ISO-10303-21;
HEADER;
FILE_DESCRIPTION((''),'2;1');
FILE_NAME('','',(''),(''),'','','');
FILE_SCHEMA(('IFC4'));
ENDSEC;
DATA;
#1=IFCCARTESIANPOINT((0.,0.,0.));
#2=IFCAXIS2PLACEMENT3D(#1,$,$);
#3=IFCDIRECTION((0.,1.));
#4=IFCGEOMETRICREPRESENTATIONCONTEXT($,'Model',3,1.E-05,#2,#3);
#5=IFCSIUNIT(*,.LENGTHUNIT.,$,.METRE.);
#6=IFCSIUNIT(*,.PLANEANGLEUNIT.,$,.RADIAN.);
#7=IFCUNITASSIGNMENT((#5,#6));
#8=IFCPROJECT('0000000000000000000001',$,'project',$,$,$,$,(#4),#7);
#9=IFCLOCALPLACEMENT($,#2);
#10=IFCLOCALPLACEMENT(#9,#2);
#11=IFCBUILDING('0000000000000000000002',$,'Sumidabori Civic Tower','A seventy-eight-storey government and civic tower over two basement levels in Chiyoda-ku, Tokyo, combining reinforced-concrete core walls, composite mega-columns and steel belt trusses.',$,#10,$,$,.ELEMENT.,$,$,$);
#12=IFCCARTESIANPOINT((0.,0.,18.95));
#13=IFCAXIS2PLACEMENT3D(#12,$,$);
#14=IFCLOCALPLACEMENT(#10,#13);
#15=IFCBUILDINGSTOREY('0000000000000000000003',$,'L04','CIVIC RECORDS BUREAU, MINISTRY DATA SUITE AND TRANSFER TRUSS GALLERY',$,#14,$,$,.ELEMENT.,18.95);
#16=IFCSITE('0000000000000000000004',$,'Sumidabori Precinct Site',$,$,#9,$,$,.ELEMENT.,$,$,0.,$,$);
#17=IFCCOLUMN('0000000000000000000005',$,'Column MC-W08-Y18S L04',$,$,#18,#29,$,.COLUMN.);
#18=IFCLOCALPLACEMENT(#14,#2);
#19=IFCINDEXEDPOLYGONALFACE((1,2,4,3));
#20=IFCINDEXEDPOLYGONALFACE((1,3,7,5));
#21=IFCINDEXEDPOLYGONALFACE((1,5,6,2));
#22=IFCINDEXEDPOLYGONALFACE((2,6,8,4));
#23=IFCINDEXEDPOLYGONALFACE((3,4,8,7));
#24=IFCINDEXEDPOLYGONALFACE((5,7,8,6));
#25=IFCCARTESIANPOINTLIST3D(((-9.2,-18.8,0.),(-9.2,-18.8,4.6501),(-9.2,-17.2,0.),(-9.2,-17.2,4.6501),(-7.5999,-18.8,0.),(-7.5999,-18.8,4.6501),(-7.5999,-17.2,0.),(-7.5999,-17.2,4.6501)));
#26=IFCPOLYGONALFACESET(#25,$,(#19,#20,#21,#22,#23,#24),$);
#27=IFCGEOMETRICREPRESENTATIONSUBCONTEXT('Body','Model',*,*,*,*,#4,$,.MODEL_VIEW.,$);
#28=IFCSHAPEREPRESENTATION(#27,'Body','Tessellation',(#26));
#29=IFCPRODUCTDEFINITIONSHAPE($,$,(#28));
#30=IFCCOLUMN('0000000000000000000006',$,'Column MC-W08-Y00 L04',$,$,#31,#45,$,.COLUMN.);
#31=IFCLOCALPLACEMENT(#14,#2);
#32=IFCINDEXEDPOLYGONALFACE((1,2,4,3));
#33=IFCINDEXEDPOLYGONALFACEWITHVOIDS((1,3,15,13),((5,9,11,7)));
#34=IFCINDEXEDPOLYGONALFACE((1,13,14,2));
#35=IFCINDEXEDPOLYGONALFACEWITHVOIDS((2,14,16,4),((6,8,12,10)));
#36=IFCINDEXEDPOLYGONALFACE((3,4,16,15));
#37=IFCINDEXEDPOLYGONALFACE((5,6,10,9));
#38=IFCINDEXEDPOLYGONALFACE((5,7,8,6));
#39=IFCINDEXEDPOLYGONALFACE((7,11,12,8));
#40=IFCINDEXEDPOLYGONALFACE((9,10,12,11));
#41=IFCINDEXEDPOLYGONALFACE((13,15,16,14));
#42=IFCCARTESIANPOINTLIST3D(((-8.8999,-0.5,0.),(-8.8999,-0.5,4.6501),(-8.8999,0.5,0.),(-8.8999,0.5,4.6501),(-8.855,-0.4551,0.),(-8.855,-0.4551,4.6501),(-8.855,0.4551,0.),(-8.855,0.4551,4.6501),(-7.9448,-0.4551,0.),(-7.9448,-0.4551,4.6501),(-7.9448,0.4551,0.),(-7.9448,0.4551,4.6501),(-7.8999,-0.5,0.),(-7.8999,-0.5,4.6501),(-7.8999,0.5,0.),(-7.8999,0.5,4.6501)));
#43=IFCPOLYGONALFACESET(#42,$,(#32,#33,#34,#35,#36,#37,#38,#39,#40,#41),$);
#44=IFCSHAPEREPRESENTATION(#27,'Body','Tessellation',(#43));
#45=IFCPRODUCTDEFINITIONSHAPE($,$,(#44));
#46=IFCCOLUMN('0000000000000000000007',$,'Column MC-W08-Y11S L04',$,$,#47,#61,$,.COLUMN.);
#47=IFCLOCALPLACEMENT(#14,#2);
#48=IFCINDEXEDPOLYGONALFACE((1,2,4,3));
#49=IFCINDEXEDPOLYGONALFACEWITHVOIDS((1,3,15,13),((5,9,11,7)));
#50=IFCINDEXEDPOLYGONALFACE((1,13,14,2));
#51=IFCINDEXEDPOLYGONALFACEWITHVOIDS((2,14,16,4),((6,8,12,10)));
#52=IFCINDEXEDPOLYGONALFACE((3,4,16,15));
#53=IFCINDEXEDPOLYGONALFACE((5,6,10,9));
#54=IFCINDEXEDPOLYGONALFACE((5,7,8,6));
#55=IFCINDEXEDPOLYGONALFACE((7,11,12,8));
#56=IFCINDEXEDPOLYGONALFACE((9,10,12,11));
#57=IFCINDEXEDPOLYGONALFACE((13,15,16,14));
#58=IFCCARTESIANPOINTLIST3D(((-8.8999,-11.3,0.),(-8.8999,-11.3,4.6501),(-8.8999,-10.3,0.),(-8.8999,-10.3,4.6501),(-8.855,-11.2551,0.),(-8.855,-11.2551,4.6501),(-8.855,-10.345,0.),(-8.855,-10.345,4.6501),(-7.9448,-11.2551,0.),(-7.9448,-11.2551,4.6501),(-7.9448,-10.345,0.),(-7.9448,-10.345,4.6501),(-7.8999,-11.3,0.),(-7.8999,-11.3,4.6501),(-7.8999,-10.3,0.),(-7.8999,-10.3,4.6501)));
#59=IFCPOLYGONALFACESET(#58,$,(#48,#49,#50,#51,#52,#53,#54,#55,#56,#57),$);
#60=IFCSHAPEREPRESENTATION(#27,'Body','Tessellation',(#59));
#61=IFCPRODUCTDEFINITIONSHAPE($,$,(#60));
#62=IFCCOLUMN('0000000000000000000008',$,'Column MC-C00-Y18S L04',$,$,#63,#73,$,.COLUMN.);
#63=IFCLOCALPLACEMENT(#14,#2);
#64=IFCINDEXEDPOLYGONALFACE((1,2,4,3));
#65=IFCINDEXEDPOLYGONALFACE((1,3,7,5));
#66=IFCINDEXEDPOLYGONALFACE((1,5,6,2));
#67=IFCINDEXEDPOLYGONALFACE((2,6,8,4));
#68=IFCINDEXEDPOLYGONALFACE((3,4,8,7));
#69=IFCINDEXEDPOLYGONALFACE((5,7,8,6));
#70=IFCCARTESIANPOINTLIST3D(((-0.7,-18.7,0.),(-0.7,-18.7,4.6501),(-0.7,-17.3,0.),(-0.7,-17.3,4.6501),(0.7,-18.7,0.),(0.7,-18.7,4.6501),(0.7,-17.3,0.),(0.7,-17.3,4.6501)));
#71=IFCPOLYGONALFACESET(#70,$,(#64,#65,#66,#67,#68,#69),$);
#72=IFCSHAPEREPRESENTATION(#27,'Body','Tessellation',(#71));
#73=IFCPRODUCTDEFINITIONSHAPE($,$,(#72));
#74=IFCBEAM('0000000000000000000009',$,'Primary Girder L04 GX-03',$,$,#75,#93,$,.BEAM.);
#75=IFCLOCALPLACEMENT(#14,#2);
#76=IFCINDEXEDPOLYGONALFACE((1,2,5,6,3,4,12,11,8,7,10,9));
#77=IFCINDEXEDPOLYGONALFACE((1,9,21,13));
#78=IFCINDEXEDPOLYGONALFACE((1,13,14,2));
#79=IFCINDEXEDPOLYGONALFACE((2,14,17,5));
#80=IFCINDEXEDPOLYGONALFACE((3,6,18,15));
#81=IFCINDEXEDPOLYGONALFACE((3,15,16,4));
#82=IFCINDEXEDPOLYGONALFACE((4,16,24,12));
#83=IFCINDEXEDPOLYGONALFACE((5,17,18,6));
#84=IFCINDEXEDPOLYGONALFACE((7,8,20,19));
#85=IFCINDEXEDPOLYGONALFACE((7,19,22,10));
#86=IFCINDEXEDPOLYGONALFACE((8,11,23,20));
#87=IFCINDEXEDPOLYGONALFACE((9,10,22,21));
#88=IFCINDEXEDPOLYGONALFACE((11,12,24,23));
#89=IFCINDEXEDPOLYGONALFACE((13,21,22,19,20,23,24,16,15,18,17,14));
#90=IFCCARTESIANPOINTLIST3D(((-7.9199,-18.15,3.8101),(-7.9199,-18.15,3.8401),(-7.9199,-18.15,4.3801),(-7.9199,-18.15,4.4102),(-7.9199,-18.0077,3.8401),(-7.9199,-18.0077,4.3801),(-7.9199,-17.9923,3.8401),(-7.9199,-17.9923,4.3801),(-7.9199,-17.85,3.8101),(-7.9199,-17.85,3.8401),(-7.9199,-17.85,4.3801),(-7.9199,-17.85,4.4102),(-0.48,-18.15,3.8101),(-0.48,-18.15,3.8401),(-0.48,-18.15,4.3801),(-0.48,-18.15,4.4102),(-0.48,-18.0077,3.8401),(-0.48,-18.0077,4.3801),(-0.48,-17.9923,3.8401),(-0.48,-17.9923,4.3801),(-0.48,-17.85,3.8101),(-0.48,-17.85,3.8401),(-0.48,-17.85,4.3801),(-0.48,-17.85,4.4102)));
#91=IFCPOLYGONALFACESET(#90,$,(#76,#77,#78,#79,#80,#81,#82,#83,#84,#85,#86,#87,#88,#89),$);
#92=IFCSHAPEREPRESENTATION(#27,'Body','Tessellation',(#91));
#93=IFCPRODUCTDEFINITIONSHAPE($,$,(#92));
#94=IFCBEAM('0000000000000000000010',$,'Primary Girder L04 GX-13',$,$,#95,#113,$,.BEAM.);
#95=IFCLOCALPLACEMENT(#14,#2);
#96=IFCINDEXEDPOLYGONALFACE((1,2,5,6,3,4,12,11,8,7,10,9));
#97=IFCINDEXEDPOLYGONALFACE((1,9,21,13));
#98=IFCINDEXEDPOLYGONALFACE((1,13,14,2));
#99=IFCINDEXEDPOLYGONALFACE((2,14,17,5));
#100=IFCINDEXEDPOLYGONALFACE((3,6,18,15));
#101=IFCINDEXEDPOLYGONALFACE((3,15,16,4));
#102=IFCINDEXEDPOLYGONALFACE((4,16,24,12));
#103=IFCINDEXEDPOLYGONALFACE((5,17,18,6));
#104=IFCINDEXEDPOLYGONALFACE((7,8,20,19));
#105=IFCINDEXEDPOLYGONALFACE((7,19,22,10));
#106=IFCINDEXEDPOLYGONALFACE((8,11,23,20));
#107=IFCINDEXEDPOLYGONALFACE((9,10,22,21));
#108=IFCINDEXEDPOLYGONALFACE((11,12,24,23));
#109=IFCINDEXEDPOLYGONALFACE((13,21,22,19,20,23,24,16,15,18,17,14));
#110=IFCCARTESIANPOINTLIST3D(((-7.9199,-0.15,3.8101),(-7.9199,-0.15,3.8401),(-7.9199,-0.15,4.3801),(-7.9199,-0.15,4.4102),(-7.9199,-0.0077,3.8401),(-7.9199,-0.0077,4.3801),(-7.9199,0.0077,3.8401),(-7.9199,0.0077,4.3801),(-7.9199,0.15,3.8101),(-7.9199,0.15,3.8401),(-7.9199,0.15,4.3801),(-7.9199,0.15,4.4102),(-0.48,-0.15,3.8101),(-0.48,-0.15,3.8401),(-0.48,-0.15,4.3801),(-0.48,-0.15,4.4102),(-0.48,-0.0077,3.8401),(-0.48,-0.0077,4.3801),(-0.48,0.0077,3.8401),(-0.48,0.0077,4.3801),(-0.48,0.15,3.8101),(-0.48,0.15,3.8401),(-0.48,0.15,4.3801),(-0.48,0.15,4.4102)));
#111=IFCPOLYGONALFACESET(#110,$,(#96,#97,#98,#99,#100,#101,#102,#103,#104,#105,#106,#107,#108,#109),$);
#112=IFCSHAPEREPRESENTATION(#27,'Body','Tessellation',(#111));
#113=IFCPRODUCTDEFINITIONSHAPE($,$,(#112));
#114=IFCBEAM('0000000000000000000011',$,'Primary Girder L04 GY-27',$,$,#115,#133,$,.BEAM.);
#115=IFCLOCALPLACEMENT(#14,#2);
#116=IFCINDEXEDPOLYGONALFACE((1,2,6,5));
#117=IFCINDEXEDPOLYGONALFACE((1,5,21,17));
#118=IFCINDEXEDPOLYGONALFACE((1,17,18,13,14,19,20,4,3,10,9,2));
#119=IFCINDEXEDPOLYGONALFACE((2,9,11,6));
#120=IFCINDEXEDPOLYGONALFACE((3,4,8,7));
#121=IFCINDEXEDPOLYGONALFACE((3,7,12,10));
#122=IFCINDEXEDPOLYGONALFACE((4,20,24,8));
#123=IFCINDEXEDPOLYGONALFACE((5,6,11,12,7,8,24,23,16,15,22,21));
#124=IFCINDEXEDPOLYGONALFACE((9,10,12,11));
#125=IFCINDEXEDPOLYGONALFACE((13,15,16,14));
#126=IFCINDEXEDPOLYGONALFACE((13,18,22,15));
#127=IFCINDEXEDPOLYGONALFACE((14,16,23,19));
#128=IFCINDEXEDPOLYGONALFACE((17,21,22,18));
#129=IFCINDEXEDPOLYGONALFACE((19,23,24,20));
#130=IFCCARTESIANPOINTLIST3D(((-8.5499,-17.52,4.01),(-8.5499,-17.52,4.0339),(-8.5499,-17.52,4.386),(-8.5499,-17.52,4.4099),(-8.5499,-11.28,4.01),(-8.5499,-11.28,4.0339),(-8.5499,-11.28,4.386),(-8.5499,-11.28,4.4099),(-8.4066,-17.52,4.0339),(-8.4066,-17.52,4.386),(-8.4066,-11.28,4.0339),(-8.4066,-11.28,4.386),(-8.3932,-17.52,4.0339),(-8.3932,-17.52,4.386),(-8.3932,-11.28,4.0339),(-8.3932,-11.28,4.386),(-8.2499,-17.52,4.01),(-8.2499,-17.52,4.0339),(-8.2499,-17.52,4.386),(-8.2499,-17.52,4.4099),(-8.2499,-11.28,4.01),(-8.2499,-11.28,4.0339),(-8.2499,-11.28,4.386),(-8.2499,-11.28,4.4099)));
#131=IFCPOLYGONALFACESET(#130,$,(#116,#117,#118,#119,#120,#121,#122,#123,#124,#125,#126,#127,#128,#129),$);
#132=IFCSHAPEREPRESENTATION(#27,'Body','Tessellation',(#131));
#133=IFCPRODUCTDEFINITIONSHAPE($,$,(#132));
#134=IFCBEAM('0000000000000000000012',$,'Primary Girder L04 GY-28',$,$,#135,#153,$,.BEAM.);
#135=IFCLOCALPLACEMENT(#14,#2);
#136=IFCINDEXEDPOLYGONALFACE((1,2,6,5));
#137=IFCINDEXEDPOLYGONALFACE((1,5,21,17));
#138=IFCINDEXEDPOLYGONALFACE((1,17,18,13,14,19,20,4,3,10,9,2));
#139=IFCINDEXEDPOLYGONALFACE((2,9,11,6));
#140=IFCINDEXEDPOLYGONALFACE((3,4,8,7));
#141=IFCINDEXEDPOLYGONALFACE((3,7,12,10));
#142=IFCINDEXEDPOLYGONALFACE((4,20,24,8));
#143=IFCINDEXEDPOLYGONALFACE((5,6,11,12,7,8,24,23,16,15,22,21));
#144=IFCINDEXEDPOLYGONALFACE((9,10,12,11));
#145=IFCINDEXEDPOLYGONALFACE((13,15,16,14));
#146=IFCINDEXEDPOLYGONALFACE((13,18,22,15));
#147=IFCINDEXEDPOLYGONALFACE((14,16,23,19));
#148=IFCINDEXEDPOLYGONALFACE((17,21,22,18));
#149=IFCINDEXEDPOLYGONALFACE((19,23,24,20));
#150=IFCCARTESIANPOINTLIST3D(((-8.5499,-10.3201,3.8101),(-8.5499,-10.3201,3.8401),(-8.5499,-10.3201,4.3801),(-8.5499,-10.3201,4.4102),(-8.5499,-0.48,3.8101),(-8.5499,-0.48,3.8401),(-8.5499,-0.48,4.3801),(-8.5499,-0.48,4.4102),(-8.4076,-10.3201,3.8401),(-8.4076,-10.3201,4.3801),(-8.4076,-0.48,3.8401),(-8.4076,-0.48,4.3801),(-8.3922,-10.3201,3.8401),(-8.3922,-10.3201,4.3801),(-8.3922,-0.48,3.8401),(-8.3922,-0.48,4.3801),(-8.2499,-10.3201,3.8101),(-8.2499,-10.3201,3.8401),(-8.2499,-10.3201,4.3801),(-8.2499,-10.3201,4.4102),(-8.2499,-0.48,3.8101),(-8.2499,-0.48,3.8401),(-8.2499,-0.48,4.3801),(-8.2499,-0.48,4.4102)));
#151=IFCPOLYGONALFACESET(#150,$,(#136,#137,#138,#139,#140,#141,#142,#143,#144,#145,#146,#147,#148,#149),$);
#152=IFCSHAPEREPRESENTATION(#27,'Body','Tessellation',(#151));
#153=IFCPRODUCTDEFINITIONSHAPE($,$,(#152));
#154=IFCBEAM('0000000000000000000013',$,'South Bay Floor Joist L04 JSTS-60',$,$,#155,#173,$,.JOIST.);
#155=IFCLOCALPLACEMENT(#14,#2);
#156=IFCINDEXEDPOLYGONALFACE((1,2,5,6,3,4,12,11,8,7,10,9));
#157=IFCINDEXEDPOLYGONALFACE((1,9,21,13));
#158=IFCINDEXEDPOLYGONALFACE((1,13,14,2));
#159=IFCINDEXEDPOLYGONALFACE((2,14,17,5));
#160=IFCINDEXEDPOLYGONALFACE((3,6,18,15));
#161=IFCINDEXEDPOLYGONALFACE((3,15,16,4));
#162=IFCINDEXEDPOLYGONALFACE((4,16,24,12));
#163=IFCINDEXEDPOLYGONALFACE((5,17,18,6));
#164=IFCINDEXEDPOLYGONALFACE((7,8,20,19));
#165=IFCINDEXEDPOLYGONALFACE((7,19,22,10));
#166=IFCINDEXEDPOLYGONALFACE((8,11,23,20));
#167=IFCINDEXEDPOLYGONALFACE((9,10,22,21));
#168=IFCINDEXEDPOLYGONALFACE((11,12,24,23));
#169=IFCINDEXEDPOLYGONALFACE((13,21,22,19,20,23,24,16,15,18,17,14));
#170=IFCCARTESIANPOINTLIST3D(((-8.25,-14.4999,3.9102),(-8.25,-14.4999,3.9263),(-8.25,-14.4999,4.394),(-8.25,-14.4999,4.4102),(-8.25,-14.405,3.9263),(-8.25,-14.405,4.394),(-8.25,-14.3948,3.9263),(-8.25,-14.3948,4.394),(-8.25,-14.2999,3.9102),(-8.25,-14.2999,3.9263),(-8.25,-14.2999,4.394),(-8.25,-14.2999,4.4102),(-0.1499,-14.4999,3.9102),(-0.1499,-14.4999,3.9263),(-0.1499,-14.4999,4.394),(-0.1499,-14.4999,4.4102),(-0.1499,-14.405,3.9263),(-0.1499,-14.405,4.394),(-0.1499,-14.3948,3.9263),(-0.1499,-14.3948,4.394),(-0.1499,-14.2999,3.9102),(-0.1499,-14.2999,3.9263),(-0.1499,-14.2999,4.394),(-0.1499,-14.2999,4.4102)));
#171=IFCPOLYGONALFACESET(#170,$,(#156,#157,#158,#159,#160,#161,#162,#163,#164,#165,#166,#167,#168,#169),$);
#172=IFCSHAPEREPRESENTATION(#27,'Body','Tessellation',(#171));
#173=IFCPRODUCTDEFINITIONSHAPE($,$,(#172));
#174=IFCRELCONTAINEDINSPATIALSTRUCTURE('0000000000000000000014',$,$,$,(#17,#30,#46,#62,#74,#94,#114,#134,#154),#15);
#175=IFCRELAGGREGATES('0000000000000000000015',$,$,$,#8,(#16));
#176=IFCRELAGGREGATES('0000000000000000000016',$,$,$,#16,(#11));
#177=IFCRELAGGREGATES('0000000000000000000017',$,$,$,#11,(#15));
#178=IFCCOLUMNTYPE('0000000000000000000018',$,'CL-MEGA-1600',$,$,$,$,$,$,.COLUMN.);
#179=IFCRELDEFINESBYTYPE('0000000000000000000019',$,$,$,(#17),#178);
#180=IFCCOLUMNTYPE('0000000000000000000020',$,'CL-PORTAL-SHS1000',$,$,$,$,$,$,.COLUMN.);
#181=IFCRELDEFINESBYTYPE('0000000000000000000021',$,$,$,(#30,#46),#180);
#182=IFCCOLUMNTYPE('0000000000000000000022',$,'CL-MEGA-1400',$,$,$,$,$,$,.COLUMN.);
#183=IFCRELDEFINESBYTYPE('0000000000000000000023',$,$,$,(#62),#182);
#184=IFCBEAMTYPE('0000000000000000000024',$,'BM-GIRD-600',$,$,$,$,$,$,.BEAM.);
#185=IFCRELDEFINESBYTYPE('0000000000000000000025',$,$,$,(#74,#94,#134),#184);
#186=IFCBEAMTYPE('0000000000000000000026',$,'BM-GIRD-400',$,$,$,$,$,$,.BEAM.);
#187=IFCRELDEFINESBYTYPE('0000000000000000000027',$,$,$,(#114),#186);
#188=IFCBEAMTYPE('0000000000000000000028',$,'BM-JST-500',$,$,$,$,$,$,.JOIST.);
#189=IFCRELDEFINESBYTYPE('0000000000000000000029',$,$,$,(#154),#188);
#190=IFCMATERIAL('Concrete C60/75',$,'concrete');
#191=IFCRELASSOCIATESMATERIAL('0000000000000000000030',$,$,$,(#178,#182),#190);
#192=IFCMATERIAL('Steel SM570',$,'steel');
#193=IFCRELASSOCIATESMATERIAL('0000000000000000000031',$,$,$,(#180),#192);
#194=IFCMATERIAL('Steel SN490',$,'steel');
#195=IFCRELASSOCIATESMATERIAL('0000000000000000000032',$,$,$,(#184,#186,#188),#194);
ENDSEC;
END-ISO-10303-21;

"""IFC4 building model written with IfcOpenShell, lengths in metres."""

from ifc_helpers import new_model, si_unit, direction, frame, origin, origin_2d, place, context, subcontext, project, spatial, rectangle, hollow_rectangle, i_section, extrude, source, transform, mapped, material, material_profile, profile_set, type_object, element, save


model = new_model("IFC4")

# Units and contexts
model_context = context("Model", 3, precision=1e-05, world=origin(), true_north=direction((0.0, 1.0)))
body_context = subcontext(model_context, "Body", "Model", "MODEL_VIEW")
ifc_project = project(units=[si_unit("LENGTHUNIT", "METRE"), si_unit("PLANEANGLEUNIT", "RADIAN")], contexts=[model_context])

# Site, building, storey
site_placement = place(None, origin())
site = spatial("IfcSite", under=ifc_project, at=site_placement, Name="Sumidabori Precinct Site", CompositionType="ELEMENT", RefElevation=0.0)
building_placement = place(site_placement, origin())
building = spatial("IfcBuilding", under=site, at=building_placement, Name="Sumidabori Civic Tower", Description="A seventy-eight-storey government and civic tower over two basement levels in Chiyoda-ku, Tokyo, combining reinforced-concrete core walls, composite mega-columns and steel belt trusses.", CompositionType="ELEMENT")
storey_placement = place(building_placement, frame((0.0, 0.0, 18.95)))
storey = spatial("IfcBuildingStorey", under=building, at=storey_placement, Name="L04", Description="CIVIC RECORDS BUREAU, MINISTRY DATA SUITE AND TRANSFER TRUSS GALLERY", CompositionType="ELEMENT", Elevation=18.95)

# Columns
ifc_material_1 = material(Name="Concrete C60/75", Category="concrete")
ifc_material_profile_1 = material_profile(ifc_material_1, rectangle(XDim=1.6001, YDim=1.6001, at=origin_2d()), Name="RC 1600x1600")
ifc_profile_set_1 = profile_set([ifc_material_profile_1], Name="Concrete C60/75")
column_type_1 = type_object("IfcColumnType", Name="CL-MEGA-1600", PredefinedType="COLUMN", material=ifc_profile_set_1)
shared_shape_1 = source(origin(), body_context, "Body", "SweptSolid", [
    extrude(rectangle(XDim=1.6001, YDim=1.6001, at=origin_2d()), origin(), (0.0, 0.0, 1.0), 4.6501),
])
column_1_placement = place(storey_placement, frame((-8.3999, -18.0, 0.0), z_axis=(0.0, 0.0, 1.0), x_axis=(1.0, 0.0, 0.0)))
element("IfcColumn", 1, at=column_1_placement, inside=storey, type_object=column_type_1, Name="Column MC-W08-Y18S L04", PredefinedType="COLUMN", context=body_context, shape_type="MappedRepresentation", body=[
    mapped(shared_shape_1, transform((0.0, 0.0, 0.0), x_axis=(1.0, 0.0, 0.0), y_axis=(0.0, 1.0, 0.0), z_axis=(0.0, 0.0, 1.0), scale=1.0)),
])
ifc_material_2 = material(Name="Steel SM570", Category="steel")
ifc_material_profile_2 = material_profile(ifc_material_2, hollow_rectangle(XDim=1.0, YDim=1.0, WallThickness=0.0449, at=origin_2d()), Name="SHS 1000x1000x45")
ifc_profile_set_2 = profile_set([ifc_material_profile_2], Name="Steel SM570")
column_type_2 = type_object("IfcColumnType", Name="CL-PORTAL-SHS1000", PredefinedType="COLUMN", material=ifc_profile_set_2)
shared_shape_2 = source(origin(), body_context, "Body", "SweptSolid", [
    extrude(hollow_rectangle(XDim=1.0, YDim=1.0, WallThickness=0.0449, at=origin_2d()), origin(), (0.0, 0.0, 1.0), 4.6501),
])
for number, where, z_axis, x_axis, name in (
    (2, (-8.3999, 0.0, 0.0), (0.0, 0.0, 1.0), (1.0, 0.0, 0.0), "Column MC-W08-Y00 L04"),
    (3, (-8.3999, -10.8, 0.0), (0.0, 0.0, 1.0), (1.0, 0.0, 0.0), "Column MC-W08-Y11S L04"),
):
    element("IfcColumn", number, at=place(storey_placement, frame(where, z_axis=z_axis, x_axis=x_axis)), inside=storey, type_object=column_type_2, Name=name, PredefinedType="COLUMN", context=body_context, shape_type="MappedRepresentation", body=[
        mapped(shared_shape_2, transform((0.0, 0.0, 0.0), x_axis=(1.0, 0.0, 0.0), y_axis=(0.0, 1.0, 0.0), z_axis=(0.0, 0.0, 1.0), scale=1.0)),
    ])
ifc_material_profile_3 = material_profile(ifc_material_1, rectangle(XDim=1.3999, YDim=1.3999, at=origin_2d()), Name="RC 1400x1400")
ifc_profile_set_3 = profile_set([ifc_material_profile_3], Name="Concrete C60/75")
column_type_3 = type_object("IfcColumnType", Name="CL-MEGA-1400", PredefinedType="COLUMN", material=ifc_profile_set_3)
shared_shape_3 = source(origin(), body_context, "Body", "SweptSolid", [
    extrude(rectangle(XDim=1.3999, YDim=1.3999, at=origin_2d()), origin(), (0.0, 0.0, 1.0), 4.6501),
])
column_2_placement = place(storey_placement, frame((0.0, -18.0, 0.0), z_axis=(0.0, 0.0, 1.0), x_axis=(1.0, 0.0, 0.0)))
element("IfcColumn", 4, at=column_2_placement, inside=storey, type_object=column_type_3, Name="Column MC-C00-Y18S L04", PredefinedType="COLUMN", context=body_context, shape_type="MappedRepresentation", body=[
    mapped(shared_shape_3, transform((0.0, 0.0, 0.0), x_axis=(1.0, 0.0, 0.0), y_axis=(0.0, 1.0, 0.0), z_axis=(0.0, 0.0, 1.0), scale=1.0)),
])

# Beams
ifc_material_3 = material(Name="Steel SN490", Category="steel")
ifc_material_profile_4 = material_profile(ifc_material_3, i_section(OverallWidth=0.3, OverallDepth=0.6001, WebThickness=0.0154, FlangeThickness=0.03, at=origin_2d()), Name="HE 600 B")
ifc_profile_set_4 = profile_set([ifc_material_profile_4], Name="Steel SN490")
beam_type_1 = type_object("IfcBeamType", Name="BM-GIRD-600", PredefinedType="BEAM", material=ifc_profile_set_4)
shared_shape_4 = source(origin(), body_context, "Body", "SweptSolid", [
    extrude(i_section(OverallWidth=0.3, OverallDepth=0.6001, WebThickness=0.0154, FlangeThickness=0.03, at=origin_2d()), origin(), (0.0, 0.0, 1.0), 7.4399),
])
for number, where, z_axis, x_axis, name in (
    (5, (-7.9199, -18.0, 4.1101), (1.0, 0.0, 0.0), (0.0, 1.0, 0.0), "Primary Girder L04 GX-03"),
    (6, (-7.9199, 0.0, 4.1101), (1.0, 0.0, 0.0), (0.0, 1.0, 0.0), "Primary Girder L04 GX-13"),
):
    element("IfcBeam", number, at=place(storey_placement, frame(where, z_axis=z_axis, x_axis=x_axis)), inside=storey, type_object=beam_type_1, Name=name, PredefinedType="BEAM", context=body_context, shape_type="MappedRepresentation", body=[
        mapped(shared_shape_4, transform((0.0, 0.0, 0.0), x_axis=(1.0, 0.0, 0.0), y_axis=(0.0, 1.0, 0.0), z_axis=(0.0, 0.0, 1.0), scale=1.0)),
    ])
ifc_material_profile_5 = material_profile(ifc_material_3, i_section(OverallWidth=0.3, OverallDepth=0.3999, WebThickness=0.0134, FlangeThickness=0.0239, at=origin_2d()), Name="HE 400 B")
ifc_profile_set_5 = profile_set([ifc_material_profile_5], Name="Steel SN490")
beam_type_2 = type_object("IfcBeamType", Name="BM-GIRD-400", PredefinedType="BEAM", material=ifc_profile_set_5)
shared_shape_5 = source(origin(), body_context, "Body", "SweptSolid", [
    extrude(i_section(OverallWidth=0.3, OverallDepth=0.3999, WebThickness=0.0134, FlangeThickness=0.0239, at=origin_2d()), origin(), (0.0, 0.0, 1.0), 6.24),
])
beam_1_placement = place(storey_placement, frame((-8.3999, -17.52, 4.21), z_axis=(0.0, 1.0, 0.0), x_axis=(-1.0, 0.0, 0.0)))
element("IfcBeam", 7, at=beam_1_placement, inside=storey, type_object=beam_type_2, Name="Primary Girder L04 GY-27", PredefinedType="BEAM", context=body_context, shape_type="MappedRepresentation", body=[
    mapped(shared_shape_5, transform((0.0, 0.0, 0.0), x_axis=(1.0, 0.0, 0.0), y_axis=(0.0, 1.0, 0.0), z_axis=(0.0, 0.0, 1.0), scale=1.0)),
])
shared_shape_6 = source(origin(), body_context, "Body", "SweptSolid", [
    extrude(i_section(OverallWidth=0.3, OverallDepth=0.6001, WebThickness=0.0154, FlangeThickness=0.03, at=origin_2d()), origin(), (0.0, 0.0, 1.0), 9.8401),
])
beam_2_placement = place(storey_placement, frame((-8.3999, -10.3201, 4.1101), z_axis=(0.0, 1.0, 0.0), x_axis=(-1.0, 0.0, 0.0)))
element("IfcBeam", 8, at=beam_2_placement, inside=storey, type_object=beam_type_1, Name="Primary Girder L04 GY-28", PredefinedType="BEAM", context=body_context, shape_type="MappedRepresentation", body=[
    mapped(shared_shape_6, transform((0.0, 0.0, 0.0), x_axis=(1.0, 0.0, 0.0), y_axis=(0.0, 1.0, 0.0), z_axis=(0.0, 0.0, 1.0), scale=1.0)),
])
ifc_material_profile_6 = material_profile(ifc_material_3, i_section(OverallWidth=0.2, OverallDepth=0.5, WebThickness=0.0103, FlangeThickness=0.0161, at=origin_2d()), Name="IPE 500")
ifc_profile_set_6 = profile_set([ifc_material_profile_6], Name="Steel SN490")
beam_type_3 = type_object("IfcBeamType", Name="BM-JST-500", PredefinedType="JOIST", material=ifc_profile_set_6)
shared_shape_7 = source(origin(), body_context, "Body", "SweptSolid", [
    extrude(i_section(OverallWidth=0.2, OverallDepth=0.5, WebThickness=0.0103, FlangeThickness=0.0161, at=origin_2d()), origin(), (0.0, 0.0, 1.0), 8.1001),
])
for number, where, z_axis, x_axis, name in (
    (9, (-8.25, -14.3999, 4.1602), (1.0, 0.0, 0.0), (0.0, 1.0, 0.0), "South Bay Floor Joist L04 JSTS-60"),
):
    element("IfcBeam", number, at=place(storey_placement, frame(where, z_axis=z_axis, x_axis=x_axis)), inside=storey, type_object=beam_type_3, Name=name, PredefinedType="JOIST", context=body_context, shape_type="MappedRepresentation", body=[
        mapped(shared_shape_7, transform((0.0, 0.0, 0.0), x_axis=(1.0, 0.0, 0.0), y_axis=(0.0, 1.0, 0.0), z_axis=(0.0, 0.0, 1.0), scale=1.0)),
    ])

save(model, "model.ifc")
